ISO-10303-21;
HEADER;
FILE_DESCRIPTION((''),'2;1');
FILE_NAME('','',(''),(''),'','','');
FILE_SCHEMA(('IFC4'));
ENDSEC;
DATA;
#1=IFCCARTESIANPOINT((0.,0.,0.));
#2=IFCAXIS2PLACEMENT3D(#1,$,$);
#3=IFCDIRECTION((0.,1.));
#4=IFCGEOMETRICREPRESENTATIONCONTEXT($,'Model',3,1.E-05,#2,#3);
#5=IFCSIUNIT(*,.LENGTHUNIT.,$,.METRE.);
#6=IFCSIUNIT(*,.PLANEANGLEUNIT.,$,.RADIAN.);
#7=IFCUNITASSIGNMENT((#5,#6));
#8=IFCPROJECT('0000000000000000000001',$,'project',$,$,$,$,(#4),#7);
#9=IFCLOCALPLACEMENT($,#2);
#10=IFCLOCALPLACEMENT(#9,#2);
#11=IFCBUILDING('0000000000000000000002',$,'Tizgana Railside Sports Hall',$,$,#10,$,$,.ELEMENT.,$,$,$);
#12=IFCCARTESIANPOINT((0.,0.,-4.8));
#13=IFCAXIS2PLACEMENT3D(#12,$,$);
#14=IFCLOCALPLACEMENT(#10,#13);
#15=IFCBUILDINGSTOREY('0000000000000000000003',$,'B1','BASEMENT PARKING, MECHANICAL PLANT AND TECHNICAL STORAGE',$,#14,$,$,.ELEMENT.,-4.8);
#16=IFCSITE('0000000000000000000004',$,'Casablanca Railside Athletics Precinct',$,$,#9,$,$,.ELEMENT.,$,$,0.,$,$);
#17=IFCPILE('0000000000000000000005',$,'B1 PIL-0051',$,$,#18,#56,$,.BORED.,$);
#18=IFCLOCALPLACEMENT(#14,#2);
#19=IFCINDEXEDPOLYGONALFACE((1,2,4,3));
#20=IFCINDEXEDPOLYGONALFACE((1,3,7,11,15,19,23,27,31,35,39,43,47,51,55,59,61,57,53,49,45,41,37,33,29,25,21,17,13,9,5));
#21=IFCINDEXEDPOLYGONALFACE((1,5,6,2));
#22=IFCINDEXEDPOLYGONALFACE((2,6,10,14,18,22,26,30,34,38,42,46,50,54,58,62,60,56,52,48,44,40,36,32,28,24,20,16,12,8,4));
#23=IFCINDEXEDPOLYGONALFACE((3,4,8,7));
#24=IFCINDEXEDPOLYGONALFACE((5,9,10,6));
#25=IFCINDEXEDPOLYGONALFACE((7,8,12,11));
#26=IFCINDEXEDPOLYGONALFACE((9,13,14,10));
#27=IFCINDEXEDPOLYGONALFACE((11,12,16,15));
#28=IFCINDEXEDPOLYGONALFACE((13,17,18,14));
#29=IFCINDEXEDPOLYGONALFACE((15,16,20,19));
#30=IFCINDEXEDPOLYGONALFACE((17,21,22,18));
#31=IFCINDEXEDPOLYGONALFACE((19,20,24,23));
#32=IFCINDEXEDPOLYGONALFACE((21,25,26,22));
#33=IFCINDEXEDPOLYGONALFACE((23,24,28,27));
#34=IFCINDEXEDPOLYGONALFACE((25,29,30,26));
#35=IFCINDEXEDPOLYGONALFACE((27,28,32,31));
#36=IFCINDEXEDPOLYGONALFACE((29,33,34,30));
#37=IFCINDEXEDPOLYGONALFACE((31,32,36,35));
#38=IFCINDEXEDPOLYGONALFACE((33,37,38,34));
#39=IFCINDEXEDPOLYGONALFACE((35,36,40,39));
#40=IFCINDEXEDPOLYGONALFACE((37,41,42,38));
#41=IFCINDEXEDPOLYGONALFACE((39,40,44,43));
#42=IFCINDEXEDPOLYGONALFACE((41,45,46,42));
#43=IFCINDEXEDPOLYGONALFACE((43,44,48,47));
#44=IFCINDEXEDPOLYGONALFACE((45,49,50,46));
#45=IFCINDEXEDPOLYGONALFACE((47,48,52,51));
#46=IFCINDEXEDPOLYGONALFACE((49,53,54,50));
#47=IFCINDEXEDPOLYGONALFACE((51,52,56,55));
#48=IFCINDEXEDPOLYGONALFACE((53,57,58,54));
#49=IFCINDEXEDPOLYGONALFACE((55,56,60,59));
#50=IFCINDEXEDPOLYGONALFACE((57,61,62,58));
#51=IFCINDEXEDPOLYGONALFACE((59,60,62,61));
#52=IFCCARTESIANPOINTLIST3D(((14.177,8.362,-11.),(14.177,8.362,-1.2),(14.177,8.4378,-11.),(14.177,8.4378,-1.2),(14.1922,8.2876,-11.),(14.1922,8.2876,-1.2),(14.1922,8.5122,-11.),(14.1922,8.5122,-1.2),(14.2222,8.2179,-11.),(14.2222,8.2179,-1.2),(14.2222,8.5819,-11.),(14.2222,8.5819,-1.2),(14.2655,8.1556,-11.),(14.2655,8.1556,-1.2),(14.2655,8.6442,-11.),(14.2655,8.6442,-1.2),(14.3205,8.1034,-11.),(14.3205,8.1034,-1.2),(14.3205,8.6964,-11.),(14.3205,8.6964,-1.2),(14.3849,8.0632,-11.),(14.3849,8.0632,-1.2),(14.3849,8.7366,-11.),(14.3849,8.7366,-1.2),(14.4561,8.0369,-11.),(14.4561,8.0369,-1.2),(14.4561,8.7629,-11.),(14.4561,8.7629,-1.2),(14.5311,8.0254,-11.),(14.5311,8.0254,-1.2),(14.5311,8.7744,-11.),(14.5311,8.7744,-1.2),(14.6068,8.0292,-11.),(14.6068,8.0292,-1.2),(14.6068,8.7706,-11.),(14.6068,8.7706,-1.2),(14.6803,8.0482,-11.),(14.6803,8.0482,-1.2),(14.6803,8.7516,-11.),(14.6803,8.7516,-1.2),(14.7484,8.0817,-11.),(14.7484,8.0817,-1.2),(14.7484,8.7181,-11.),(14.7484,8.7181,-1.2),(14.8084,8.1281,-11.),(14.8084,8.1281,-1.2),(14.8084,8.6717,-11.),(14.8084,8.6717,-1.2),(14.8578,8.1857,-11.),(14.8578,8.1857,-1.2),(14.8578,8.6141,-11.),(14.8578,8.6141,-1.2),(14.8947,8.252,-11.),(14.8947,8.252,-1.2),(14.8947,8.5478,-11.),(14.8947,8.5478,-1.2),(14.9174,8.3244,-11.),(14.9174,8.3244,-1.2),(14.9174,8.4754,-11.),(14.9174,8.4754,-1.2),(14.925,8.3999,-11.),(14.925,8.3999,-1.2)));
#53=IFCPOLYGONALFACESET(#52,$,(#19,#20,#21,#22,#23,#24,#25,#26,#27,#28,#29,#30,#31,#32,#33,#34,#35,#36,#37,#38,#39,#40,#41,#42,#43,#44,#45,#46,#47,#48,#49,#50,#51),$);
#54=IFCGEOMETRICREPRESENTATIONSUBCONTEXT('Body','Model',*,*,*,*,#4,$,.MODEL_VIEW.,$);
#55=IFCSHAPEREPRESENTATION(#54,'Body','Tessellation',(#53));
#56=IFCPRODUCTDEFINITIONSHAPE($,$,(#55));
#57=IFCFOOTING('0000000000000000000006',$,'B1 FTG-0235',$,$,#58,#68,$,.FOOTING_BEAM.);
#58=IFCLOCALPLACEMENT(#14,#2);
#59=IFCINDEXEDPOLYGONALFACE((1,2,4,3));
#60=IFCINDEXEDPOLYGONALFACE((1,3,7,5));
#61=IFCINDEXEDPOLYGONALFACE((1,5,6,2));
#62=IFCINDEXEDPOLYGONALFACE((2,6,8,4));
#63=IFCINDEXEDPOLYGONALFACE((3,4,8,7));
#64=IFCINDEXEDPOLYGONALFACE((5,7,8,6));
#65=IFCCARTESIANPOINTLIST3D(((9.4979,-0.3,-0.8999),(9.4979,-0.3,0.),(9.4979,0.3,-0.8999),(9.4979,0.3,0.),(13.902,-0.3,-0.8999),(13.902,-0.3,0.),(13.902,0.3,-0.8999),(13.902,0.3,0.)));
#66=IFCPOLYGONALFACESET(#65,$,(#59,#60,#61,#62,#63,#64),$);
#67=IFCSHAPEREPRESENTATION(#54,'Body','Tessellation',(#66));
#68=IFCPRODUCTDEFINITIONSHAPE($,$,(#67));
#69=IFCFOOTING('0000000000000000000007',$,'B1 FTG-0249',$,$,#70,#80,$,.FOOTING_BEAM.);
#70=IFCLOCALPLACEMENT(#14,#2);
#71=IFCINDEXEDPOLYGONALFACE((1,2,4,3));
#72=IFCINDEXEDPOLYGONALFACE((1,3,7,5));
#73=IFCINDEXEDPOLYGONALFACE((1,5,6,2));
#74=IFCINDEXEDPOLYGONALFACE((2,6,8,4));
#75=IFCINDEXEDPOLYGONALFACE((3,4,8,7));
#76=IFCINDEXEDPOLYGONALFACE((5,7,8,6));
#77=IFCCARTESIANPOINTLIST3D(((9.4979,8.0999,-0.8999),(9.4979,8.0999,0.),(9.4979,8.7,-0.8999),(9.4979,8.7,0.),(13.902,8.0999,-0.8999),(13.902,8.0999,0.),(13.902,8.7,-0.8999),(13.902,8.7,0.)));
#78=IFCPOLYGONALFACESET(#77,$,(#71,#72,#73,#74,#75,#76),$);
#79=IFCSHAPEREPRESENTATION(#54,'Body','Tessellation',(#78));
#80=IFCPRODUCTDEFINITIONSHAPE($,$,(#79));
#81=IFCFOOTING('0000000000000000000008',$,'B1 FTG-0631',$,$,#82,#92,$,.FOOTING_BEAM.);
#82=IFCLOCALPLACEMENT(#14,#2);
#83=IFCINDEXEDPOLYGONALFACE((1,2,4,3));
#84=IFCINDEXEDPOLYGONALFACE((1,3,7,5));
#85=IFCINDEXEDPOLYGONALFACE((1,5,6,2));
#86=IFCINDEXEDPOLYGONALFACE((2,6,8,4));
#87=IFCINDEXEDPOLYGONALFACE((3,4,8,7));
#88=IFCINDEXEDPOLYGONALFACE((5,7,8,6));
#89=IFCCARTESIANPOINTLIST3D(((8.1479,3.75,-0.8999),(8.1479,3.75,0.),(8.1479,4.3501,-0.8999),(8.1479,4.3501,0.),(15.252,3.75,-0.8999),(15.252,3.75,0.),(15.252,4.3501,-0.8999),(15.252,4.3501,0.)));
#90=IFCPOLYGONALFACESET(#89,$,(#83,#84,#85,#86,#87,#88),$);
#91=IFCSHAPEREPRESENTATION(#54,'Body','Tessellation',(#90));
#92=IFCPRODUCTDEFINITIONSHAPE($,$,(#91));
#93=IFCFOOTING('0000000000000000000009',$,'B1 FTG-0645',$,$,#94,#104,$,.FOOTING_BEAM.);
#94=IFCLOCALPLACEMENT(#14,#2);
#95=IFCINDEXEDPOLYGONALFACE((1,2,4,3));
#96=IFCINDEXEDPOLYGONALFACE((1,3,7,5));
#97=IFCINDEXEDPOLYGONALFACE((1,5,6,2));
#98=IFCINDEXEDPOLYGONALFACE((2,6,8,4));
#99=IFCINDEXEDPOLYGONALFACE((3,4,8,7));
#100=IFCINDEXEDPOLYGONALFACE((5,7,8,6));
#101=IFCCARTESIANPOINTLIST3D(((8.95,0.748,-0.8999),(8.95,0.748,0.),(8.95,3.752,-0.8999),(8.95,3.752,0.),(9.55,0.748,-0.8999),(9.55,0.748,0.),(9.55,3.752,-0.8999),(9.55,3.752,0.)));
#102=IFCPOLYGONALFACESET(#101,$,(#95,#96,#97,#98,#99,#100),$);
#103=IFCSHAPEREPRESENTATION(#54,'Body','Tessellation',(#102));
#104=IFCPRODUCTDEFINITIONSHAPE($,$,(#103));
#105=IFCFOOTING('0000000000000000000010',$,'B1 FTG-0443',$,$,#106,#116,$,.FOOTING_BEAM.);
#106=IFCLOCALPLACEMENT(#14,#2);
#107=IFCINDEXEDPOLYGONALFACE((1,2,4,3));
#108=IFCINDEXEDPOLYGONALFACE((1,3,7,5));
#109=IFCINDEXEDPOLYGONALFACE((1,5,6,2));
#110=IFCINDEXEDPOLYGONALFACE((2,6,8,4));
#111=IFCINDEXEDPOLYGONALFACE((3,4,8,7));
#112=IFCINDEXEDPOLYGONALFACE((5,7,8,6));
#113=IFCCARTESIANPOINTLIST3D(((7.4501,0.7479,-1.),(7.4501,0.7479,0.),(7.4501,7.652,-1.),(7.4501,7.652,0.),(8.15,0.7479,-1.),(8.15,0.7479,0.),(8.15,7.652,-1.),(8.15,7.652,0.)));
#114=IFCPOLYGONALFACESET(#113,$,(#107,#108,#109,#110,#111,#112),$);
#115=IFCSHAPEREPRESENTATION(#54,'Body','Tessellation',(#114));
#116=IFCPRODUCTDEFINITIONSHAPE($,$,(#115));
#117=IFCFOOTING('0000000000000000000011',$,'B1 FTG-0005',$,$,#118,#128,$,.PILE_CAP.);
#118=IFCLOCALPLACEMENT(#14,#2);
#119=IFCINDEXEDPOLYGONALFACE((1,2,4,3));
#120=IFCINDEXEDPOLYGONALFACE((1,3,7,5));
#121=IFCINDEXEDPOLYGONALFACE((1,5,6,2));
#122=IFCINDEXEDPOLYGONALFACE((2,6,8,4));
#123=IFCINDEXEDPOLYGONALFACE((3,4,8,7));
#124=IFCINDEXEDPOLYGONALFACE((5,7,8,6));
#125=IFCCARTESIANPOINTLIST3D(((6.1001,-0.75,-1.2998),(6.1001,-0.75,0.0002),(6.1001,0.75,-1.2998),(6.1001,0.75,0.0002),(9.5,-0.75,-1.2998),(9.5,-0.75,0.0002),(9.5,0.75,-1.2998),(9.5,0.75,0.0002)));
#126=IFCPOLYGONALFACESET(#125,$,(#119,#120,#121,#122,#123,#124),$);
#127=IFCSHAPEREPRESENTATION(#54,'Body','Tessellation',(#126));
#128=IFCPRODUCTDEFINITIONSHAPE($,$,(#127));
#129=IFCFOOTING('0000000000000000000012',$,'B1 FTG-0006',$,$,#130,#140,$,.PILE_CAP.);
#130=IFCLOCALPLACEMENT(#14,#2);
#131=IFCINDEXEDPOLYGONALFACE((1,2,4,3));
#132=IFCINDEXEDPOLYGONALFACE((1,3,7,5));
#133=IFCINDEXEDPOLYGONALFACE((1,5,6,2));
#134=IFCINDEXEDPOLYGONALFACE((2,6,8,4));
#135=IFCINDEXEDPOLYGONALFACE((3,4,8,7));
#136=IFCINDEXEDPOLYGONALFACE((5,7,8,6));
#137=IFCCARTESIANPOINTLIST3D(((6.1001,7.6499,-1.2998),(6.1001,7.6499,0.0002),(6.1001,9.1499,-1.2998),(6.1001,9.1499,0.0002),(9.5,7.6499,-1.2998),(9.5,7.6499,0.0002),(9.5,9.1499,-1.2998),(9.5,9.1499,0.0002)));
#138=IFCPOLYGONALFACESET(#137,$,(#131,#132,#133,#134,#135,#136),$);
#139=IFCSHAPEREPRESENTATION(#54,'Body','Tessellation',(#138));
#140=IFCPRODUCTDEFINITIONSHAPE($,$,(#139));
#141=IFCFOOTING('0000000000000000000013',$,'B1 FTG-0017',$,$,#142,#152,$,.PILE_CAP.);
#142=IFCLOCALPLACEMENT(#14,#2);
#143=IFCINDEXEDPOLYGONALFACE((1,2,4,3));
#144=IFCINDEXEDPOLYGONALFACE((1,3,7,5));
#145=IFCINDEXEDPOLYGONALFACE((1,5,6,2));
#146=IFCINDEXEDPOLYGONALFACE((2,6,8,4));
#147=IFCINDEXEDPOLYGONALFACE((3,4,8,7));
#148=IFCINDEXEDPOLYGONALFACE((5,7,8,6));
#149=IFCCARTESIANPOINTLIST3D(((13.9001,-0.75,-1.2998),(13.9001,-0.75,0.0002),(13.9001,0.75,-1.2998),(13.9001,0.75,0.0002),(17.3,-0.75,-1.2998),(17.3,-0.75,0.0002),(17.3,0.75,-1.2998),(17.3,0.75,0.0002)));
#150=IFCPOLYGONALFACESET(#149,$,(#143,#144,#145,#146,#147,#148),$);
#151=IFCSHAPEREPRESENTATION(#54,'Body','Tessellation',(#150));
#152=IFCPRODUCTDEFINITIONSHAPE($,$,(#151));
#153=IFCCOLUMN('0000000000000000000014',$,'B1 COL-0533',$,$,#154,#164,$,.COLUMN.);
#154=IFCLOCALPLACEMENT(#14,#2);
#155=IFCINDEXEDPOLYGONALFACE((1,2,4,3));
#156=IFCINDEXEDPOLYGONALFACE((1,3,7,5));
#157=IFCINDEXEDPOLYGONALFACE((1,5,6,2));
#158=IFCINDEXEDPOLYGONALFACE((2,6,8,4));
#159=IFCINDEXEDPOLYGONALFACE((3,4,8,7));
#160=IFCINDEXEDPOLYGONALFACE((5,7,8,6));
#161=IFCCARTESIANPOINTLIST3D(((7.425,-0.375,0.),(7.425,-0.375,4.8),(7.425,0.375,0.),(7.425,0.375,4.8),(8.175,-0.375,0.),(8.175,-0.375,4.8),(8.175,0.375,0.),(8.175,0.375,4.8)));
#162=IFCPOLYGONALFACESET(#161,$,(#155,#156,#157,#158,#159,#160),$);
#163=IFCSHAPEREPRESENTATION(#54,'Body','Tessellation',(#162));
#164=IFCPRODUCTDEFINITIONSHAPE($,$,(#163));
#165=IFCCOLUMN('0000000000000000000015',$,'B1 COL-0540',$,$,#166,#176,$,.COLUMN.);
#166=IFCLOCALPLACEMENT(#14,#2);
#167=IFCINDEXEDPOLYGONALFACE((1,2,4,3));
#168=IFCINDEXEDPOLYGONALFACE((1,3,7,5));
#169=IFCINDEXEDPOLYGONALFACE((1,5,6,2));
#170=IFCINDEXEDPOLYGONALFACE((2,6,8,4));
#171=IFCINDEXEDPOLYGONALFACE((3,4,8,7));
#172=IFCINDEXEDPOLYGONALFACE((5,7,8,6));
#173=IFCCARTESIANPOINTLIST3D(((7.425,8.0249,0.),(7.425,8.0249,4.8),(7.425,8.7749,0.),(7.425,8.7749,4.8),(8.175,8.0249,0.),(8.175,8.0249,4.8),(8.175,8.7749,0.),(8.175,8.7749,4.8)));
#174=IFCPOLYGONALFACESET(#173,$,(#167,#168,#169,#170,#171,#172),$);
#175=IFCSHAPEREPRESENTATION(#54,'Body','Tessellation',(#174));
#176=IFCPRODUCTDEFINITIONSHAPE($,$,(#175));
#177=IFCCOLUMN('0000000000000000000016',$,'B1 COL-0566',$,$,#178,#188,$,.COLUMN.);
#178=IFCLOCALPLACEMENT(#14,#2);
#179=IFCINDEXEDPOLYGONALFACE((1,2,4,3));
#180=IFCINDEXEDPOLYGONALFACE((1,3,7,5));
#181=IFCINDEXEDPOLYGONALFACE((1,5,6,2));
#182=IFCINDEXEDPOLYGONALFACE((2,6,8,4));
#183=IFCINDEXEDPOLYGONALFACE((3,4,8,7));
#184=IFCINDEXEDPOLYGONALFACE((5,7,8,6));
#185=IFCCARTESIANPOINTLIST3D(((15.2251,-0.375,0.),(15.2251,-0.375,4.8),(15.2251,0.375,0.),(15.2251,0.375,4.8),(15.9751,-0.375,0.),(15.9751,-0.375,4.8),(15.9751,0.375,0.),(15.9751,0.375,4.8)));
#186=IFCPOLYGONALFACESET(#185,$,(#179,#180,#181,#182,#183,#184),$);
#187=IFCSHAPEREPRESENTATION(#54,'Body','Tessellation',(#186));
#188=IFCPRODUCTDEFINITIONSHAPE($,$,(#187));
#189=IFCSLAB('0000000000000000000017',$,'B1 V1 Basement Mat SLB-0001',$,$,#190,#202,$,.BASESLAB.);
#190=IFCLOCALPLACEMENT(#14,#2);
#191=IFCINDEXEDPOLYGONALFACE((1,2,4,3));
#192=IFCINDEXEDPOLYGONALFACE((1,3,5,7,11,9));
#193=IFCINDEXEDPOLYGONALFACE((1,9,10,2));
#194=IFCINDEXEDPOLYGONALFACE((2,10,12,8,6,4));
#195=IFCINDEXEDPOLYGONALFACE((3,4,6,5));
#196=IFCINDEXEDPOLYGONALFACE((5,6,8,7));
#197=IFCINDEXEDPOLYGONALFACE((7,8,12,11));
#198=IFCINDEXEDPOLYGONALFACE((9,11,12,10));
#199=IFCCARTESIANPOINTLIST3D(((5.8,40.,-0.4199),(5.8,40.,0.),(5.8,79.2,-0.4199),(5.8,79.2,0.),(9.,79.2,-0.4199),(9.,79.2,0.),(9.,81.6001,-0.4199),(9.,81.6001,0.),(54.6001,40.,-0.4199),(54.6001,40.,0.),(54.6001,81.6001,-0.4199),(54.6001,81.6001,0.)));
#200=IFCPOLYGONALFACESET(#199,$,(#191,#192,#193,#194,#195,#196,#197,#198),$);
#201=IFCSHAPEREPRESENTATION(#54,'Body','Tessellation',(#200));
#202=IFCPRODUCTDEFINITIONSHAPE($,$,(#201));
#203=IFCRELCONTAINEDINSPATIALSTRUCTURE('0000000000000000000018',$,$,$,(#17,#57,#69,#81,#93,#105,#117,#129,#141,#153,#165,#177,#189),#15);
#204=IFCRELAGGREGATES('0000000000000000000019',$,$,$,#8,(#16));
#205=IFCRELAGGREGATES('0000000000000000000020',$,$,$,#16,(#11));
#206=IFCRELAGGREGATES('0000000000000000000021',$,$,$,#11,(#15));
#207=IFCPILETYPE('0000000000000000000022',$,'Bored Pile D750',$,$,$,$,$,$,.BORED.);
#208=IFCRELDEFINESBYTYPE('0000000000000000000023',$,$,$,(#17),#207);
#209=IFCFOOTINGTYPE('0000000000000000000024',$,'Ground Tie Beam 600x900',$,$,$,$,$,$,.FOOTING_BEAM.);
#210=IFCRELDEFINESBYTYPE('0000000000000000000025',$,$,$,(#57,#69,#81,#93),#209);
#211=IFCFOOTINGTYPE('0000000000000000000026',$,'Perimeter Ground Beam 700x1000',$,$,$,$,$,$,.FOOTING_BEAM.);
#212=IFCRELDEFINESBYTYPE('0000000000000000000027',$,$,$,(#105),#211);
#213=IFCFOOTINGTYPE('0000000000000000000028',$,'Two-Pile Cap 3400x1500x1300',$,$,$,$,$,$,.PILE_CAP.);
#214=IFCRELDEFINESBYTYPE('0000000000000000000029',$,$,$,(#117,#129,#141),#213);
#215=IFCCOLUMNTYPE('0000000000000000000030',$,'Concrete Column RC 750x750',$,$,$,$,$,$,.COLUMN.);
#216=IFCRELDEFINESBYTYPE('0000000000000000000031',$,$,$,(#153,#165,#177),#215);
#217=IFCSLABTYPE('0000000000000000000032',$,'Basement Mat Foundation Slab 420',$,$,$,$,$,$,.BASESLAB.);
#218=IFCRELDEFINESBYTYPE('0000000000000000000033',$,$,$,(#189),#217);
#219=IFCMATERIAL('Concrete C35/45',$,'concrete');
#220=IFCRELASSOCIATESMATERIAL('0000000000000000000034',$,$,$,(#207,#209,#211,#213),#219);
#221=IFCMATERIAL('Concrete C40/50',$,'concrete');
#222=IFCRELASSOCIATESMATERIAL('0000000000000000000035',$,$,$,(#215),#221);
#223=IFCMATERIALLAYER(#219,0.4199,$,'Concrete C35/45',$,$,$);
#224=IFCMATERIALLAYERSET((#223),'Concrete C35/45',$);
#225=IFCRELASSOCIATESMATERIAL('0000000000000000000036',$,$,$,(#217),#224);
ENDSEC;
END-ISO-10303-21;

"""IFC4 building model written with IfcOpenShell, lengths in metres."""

from ifc_helpers import new_model, si_unit, direction, frame, origin, origin_2d, place, context, subcontext, project, spatial, polyline, rectangle, circle, outline, extrude, material, layer, layer_set, material_profile, profile_set, type_object, element, save


model = new_model("IFC4")

# Units and contexts
model_context = context("Model", 3, precision=1e-05, world=origin(), true_north=direction((0.0, 1.0)))
body_context = subcontext(model_context, "Body", "Model", "MODEL_VIEW")
ifc_project = project(units=[si_unit("LENGTHUNIT", "METRE"), si_unit("PLANEANGLEUNIT", "RADIAN")], contexts=[model_context])

# Site, building, storey
site_placement = place(None, origin())
site = spatial("IfcSite", under=ifc_project, at=site_placement, Name="Casablanca Railside Athletics Precinct", CompositionType="ELEMENT", RefElevation=0.0)
building_placement = place(site_placement, origin())
building = spatial("IfcBuilding", under=site, at=building_placement, Name="Tizgana Railside Sports Hall", CompositionType="ELEMENT")
storey_placement = place(building_placement, frame((0.0, 0.0, -4.8)))
storey = spatial("IfcBuildingStorey", under=building, at=storey_placement, Name="B1", Description="BASEMENT PARKING, MECHANICAL PLANT AND TECHNICAL STORAGE", CompositionType="ELEMENT", Elevation=-4.8)

# Pile
ifc_material_1 = material(Name="Concrete C35/45", Category="concrete")
ifc_material_profile_1 = material_profile(ifc_material_1, circle(Radius=0.375, at=origin_2d()), Name="PILE D750")
ifc_profile_set_1 = profile_set([ifc_material_profile_1], Name="Concrete C35/45")
pile_type = type_object("IfcPileType", Name="Bored Pile D750", PredefinedType="BORED", material=ifc_profile_set_1)
for number, where, z_axis, x_axis, name in (
    (1, (14.55, 8.3999, -1.2), (0.0, 0.0, -1.0), (1.0, 0.0, 0.0), "B1 PIL-0051"),
):
    element("IfcPile", number, at=place(storey_placement, frame(where, z_axis=z_axis, x_axis=x_axis)), inside=storey, type_object=pile_type, Name=name, PredefinedType="BORED", context=body_context, shape_type="SweptSolid", body=[
        extrude(circle(Radius=0.375, at=origin_2d()), origin(), (0.0, 0.0, 1.0), 9.8),
    ])

# Footings
footing_type_1 = type_object("IfcFootingType", Name="Ground Tie Beam 600x900", PredefinedType="FOOTING_BEAM", material=ifc_material_1)
for number, where, z_axis, x_axis, name in (
    (2, (11.7, 0.0, -0.8999), (0.0, 0.0, 1.0), (1.0, 0.0, 0.0), "B1 FTG-0235"),
    (3, (11.7, 8.3999, -0.8999), (0.0, 0.0, 1.0), (1.0, 0.0, 0.0), "B1 FTG-0249"),
):
    element("IfcFooting", number, at=place(storey_placement, frame(where, z_axis=z_axis, x_axis=x_axis)), inside=storey, type_object=footing_type_1, Name=name, PredefinedType="FOOTING_BEAM", context=body_context, shape_type="SweptSolid", body=[
        extrude(rectangle(XDim=4.4041, YDim=0.6001, at=origin_2d()), origin(), (0.0, 0.0, 1.0), 0.8999),
    ])
footing_1_placement = place(storey_placement, frame((11.7, 4.05, -0.8999), z_axis=(0.0, 0.0, 1.0), x_axis=(1.0, 0.0, 0.0)))
element("IfcFooting", 4, at=footing_1_placement, inside=storey, type_object=footing_type_1, Name="B1 FTG-0631", PredefinedType="FOOTING_BEAM", context=body_context, shape_type="SweptSolid", body=[
    extrude(rectangle(XDim=7.104, YDim=0.6001, at=origin_2d()), origin(), (0.0, 0.0, 1.0), 0.8999),
])
footing_2_placement = place(storey_placement, frame((9.25, 2.25, -0.8999), z_axis=(0.0, 0.0, 1.0), x_axis=(0.0, 1.0, 0.0)))
element("IfcFooting", 5, at=footing_2_placement, inside=storey, type_object=footing_type_1, Name="B1 FTG-0645", PredefinedType="FOOTING_BEAM", context=body_context, shape_type="SweptSolid", body=[
    extrude(rectangle(XDim=3.0039, YDim=0.6001, at=origin_2d()), origin(), (0.0, 0.0, 1.0), 0.8999),
])
footing_type_2 = type_object("IfcFootingType", Name="Perimeter Ground Beam 700x1000", PredefinedType="FOOTING_BEAM", material=ifc_material_1)
footing_3_placement = place(storey_placement, frame((7.8, 4.2, -1.0), z_axis=(0.0, 0.0, 1.0), x_axis=(0.0, 1.0, 0.0)))
element("IfcFooting", 6, at=footing_3_placement, inside=storey, type_object=footing_type_2, Name="B1 FTG-0443", PredefinedType="FOOTING_BEAM", context=body_context, shape_type="SweptSolid", body=[
    extrude(rectangle(XDim=6.9041, YDim=0.7, at=origin_2d()), origin(), (0.0, 0.0, 1.0), 1.0),
])
footing_type_3 = type_object("IfcFootingType", Name="Two-Pile Cap 3400x1500x1300", PredefinedType="PILE_CAP", material=ifc_material_1)
for number, where, z_axis, x_axis, name in (
    (7, (7.8, 0.0, -1.2998), (0.0, 0.0, 1.0), (1.0, 0.0, 0.0), "B1 FTG-0005"),
    (8, (7.8, 8.3999, -1.2998), (0.0, 0.0, 1.0), (1.0, 0.0, 0.0), "B1 FTG-0006"),
    (9, (15.6001, 0.0, -1.2998), (0.0, 0.0, 1.0), (1.0, 0.0, 0.0), "B1 FTG-0017"),
):
    element("IfcFooting", number, at=place(storey_placement, frame(where, z_axis=z_axis, x_axis=x_axis)), inside=storey, type_object=footing_type_3, Name=name, PredefinedType="PILE_CAP", context=body_context, shape_type="SweptSolid", body=[
        extrude(rectangle(XDim=3.3999, YDim=1.5, at=origin_2d()), origin(), (0.0, 0.0, 1.0), 1.3),
    ])

# Columns
ifc_material_2 = material(Name="Concrete C40/50", Category="concrete")
ifc_material_profile_2 = material_profile(ifc_material_2, rectangle(XDim=0.75, YDim=0.75, at=origin_2d()), Name="RC 750x750")
ifc_profile_set_2 = profile_set([ifc_material_profile_2], Name="Concrete C40/50")
column_type = type_object("IfcColumnType", Name="Concrete Column RC 750x750", PredefinedType="COLUMN", material=ifc_profile_set_2)
for number, where, z_axis, x_axis, name in (
    (10, (7.8, 0.0, 0.0), (0.0, 0.0, 1.0), (1.0, 0.0, 0.0), "B1 COL-0533"),
    (11, (7.8, 8.3999, 0.0), (0.0, 0.0, 1.0), (1.0, 0.0, 0.0), "B1 COL-0540"),
    (12, (15.6001, 0.0, 0.0), (0.0, 0.0, 1.0), (1.0, 0.0, 0.0), "B1 COL-0566"),
):
    element("IfcColumn", number, at=place(storey_placement, frame(where, z_axis=z_axis, x_axis=x_axis)), inside=storey, type_object=column_type, Name=name, PredefinedType="COLUMN", context=body_context, shape_type="SweptSolid", body=[
        extrude(rectangle(XDim=0.75, YDim=0.75, at=origin_2d()), origin(), (0.0, 0.0, 1.0), 4.8),
    ])

# Slab
ifc_layer_1 = layer(ifc_material_1, 0.4199, Name="Concrete C35/45")
ifc_layer_set_1 = layer_set([ifc_layer_1], Name="Concrete C35/45")
slab_type_1 = type_object("IfcSlabType", Name="Basement Mat Foundation Slab 420", PredefinedType="BASESLAB", material=ifc_layer_set_1)
slab_1_placement = place(storey_placement, frame((0.0, 0.0, -0.4199)))
element("IfcSlab", 13, at=slab_1_placement, inside=storey, type_object=slab_type_1, Name="B1 V1 Basement Mat SLB-0001", PredefinedType="BASESLAB", context=body_context, shape_type="SweptSolid", body=[
    extrude(outline(polyline([(5.8, 40.0), (54.6001, 40.0), (54.6001, 81.6001), (9.0, 81.6001), (9.0, 79.2), (5.8, 79.2), (5.8, 40.0)])), origin(), (0.0, 0.0, 1.0), 0.4199),
])

save(model, "model.ifc")
